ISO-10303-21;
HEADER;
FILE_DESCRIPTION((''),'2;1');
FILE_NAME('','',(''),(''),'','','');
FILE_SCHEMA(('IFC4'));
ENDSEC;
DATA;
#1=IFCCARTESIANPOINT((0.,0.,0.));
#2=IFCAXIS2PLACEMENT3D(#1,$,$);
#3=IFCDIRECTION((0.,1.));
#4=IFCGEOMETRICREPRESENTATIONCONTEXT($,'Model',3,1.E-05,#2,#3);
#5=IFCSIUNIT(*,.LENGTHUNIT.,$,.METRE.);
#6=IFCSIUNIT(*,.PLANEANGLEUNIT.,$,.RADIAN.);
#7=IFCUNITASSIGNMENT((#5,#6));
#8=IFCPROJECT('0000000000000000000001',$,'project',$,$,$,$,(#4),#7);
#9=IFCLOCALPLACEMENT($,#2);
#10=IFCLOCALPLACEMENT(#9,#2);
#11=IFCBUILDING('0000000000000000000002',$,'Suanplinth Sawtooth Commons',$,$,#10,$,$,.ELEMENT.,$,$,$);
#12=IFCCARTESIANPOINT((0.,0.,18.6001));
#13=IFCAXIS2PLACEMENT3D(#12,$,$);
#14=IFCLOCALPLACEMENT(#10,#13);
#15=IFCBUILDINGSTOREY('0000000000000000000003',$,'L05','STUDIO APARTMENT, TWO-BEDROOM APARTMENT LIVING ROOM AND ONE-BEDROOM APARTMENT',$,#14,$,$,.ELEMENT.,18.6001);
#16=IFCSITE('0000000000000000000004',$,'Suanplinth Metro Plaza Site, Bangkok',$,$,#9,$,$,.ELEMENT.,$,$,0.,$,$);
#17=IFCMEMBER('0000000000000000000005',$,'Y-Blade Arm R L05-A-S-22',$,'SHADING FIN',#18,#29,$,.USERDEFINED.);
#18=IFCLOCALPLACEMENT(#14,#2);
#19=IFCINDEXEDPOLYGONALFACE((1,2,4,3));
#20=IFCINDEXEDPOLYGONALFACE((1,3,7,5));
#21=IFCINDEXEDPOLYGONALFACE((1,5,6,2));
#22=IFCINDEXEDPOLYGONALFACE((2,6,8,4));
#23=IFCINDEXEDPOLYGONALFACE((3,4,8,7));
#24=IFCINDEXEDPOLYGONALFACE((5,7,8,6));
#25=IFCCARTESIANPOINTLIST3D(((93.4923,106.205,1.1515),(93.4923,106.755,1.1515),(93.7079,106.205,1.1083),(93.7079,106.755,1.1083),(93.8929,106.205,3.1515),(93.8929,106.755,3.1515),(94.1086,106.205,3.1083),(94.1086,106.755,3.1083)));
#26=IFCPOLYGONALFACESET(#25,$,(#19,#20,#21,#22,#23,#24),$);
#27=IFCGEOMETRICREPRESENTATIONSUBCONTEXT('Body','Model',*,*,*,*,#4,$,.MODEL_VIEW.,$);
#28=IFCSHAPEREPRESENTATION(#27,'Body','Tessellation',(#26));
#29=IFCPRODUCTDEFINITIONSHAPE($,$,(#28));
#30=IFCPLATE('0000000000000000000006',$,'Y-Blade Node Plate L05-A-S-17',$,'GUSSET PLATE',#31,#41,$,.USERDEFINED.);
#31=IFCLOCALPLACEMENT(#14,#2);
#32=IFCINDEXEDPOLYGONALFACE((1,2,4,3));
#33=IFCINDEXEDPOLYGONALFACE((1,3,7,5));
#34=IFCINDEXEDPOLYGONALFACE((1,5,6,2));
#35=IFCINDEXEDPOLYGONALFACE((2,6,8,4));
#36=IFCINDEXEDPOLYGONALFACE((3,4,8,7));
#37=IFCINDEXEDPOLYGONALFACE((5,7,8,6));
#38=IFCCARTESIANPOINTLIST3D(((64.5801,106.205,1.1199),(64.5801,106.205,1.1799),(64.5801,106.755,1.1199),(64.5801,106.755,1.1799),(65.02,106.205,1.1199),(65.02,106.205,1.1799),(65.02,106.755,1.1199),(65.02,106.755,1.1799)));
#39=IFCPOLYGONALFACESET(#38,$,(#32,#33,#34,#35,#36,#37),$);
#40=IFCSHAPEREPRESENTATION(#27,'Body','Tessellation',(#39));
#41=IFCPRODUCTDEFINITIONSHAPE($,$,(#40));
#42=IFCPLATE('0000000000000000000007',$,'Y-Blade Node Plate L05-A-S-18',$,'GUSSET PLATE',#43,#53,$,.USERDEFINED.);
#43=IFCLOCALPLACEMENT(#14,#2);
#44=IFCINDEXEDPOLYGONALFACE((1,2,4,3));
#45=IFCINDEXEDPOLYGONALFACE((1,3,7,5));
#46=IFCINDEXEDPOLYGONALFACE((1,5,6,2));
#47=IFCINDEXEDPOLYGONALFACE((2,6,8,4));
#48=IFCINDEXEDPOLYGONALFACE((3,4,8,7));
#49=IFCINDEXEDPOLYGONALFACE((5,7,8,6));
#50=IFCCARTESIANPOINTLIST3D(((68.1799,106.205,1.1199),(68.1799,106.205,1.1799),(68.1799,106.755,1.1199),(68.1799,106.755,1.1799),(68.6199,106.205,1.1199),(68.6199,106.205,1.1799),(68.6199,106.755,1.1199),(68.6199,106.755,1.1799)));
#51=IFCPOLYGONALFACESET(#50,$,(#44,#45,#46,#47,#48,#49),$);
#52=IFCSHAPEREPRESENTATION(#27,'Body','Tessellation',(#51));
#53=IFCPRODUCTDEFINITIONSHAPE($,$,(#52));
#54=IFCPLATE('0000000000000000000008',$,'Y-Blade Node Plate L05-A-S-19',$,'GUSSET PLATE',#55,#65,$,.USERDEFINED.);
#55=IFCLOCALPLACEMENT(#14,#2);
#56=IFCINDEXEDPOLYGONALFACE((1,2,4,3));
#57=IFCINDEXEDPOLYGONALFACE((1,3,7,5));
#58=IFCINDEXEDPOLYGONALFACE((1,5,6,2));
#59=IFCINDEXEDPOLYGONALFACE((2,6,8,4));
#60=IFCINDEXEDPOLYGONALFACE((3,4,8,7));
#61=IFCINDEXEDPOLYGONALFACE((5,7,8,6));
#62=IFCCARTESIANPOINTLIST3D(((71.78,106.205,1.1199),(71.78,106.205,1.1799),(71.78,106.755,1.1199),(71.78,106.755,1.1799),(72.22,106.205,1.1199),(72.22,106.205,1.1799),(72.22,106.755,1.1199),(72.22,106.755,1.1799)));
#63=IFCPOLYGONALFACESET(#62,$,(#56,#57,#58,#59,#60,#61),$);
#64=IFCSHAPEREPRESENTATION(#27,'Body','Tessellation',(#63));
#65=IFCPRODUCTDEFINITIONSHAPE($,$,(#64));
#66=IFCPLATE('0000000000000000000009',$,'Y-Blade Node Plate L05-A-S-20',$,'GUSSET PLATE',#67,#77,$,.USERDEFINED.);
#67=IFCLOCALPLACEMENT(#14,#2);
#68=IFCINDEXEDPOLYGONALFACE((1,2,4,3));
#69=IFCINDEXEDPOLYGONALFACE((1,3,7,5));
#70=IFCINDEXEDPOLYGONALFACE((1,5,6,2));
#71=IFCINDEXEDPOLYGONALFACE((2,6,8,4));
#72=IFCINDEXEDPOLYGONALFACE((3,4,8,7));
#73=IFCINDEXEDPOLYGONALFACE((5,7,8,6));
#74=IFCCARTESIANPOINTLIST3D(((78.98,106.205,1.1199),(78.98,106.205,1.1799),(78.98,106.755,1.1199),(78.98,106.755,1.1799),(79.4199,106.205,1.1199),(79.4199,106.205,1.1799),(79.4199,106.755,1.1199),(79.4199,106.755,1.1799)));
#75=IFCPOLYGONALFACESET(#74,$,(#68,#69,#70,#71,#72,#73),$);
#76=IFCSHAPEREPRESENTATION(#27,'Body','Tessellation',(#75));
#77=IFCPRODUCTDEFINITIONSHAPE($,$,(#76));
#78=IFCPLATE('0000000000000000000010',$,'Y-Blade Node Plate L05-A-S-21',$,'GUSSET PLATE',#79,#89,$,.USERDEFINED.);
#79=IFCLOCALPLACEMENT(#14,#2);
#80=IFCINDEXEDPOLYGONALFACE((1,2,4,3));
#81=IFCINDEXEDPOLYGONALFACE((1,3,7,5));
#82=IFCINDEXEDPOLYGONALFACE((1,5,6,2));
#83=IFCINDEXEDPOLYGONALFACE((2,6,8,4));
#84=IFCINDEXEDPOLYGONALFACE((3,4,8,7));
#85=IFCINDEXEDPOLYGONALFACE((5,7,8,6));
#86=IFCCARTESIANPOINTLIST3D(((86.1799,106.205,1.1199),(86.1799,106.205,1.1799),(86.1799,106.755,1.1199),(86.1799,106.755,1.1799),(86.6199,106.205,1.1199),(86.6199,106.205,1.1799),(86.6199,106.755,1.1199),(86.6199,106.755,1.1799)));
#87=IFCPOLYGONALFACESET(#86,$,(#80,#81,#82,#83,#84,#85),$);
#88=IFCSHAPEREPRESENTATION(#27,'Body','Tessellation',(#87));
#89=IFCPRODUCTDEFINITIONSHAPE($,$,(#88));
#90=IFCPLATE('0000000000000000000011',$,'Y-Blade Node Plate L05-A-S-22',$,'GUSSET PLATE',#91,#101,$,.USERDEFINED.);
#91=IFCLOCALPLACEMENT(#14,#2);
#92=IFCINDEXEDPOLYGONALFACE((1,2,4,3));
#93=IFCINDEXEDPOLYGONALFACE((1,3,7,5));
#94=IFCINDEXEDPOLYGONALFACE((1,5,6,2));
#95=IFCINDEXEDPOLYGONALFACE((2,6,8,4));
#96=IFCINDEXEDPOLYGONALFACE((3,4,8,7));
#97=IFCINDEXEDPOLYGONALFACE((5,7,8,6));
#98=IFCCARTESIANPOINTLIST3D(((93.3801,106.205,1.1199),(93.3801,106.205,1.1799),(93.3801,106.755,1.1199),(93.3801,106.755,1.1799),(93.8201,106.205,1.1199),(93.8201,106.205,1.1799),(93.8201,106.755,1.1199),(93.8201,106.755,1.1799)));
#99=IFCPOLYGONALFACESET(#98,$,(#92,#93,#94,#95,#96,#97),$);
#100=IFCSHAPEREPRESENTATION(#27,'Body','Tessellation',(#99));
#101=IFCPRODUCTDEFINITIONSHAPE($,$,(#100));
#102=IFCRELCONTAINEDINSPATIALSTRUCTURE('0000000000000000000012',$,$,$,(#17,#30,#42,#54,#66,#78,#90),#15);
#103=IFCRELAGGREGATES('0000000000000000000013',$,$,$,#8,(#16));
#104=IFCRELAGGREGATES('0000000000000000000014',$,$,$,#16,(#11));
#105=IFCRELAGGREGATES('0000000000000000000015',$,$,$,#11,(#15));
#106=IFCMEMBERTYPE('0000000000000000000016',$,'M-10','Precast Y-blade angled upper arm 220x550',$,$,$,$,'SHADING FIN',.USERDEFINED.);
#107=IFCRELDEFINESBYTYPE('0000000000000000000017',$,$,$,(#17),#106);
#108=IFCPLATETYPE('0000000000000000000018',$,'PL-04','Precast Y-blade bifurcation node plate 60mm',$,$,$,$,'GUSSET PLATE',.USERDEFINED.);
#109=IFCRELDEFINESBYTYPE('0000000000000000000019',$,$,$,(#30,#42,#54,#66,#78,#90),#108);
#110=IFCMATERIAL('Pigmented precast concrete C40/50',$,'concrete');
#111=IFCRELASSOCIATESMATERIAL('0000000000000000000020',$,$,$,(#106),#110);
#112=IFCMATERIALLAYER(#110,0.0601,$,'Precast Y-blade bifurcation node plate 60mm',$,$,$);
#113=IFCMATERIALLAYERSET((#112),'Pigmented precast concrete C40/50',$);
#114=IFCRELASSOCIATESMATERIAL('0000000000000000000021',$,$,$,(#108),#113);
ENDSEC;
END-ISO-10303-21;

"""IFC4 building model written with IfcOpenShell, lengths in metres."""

from ifc_helpers import new_model, si_unit, direction, frame, origin, origin_2d, place, context, subcontext, project, spatial, rectangle, extrude, material, layer, layer_set, material_profile, profile_set, type_object, element, save


model = new_model("IFC4")

# Units and contexts
model_context = context("Model", 3, precision=1e-05, world=origin(), true_north=direction((0.0, 1.0)))
body_context = subcontext(model_context, "Body", "Model", "MODEL_VIEW")
ifc_project = project(units=[si_unit("LENGTHUNIT", "METRE"), si_unit("PLANEANGLEUNIT", "RADIAN")], contexts=[model_context])

# Site, building, storey
site_placement = place(None, origin())
site = spatial("IfcSite", under=ifc_project, at=site_placement, Name="Suanplinth Metro Plaza Site, Bangkok", CompositionType="ELEMENT", RefElevation=0.0)
building_placement = place(site_placement, origin())
building = spatial("IfcBuilding", under=site, at=building_placement, Name="Suanplinth Sawtooth Commons", CompositionType="ELEMENT")
storey_placement = place(building_placement, frame((0.0, 0.0, 18.6001)))
storey = spatial("IfcBuildingStorey", under=building, at=storey_placement, Name="L05", Description="STUDIO APARTMENT, TWO-BEDROOM APARTMENT LIVING ROOM AND ONE-BEDROOM APARTMENT", CompositionType="ELEMENT", Elevation=18.6001)

# Member
ifc_material = material(Name="Pigmented precast concrete C40/50", Category="concrete")
ifc_material_profile_1 = material_profile(ifc_material, rectangle(XDim=0.22, YDim=0.55, at=origin_2d()), Name="PC-FIN 220x550")
ifc_profile_set_1 = profile_set([ifc_material_profile_1], Name="Pigmented precast concrete C40/50")
member_type_1 = type_object("IfcMemberType", Name="M-10", Description="Precast Y-blade angled upper arm 220x550", ElementType="SHADING FIN", PredefinedType="USERDEFINED", material=ifc_profile_set_1)
for number, where, z_axis, x_axis, name in (
    (1, (93.6001, 106.48, 1.1299), (0.196415, 0.0, 0.980521), (-0.980521, 0.0, 0.196415), "Y-Blade Arm R L05-A-S-22"),
):
    element("IfcMember", number, at=place(storey_placement, frame(where, z_axis=z_axis, x_axis=x_axis)), inside=storey, type_object=member_type_1, Name=name, ObjectType="SHADING FIN", PredefinedType="USERDEFINED", context=body_context, shape_type="SweptSolid", body=[
        extrude(rectangle(XDim=0.22, YDim=0.55, at=origin_2d()), origin(), (0.0, 0.0, 1.0), 2.0398),
    ])

# Plates
ifc_layer = layer(ifc_material, 0.0601, Name="Precast Y-blade bifurcation node plate 60mm")
ifc_layer_set = layer_set([ifc_layer], Name="Pigmented precast concrete C40/50")
plate_type = type_object("IfcPlateType", Name="PL-04", Description="Precast Y-blade bifurcation node plate 60mm", ElementType="GUSSET PLATE", PredefinedType="USERDEFINED", material=ifc_layer_set)
for number, where, z_axis, x_axis, name in (
    (2, (64.8, 106.48, 1.1199), (0.0, 0.0, 1.0), (1.0, 0.0, 0.0), "Y-Blade Node Plate L05-A-S-17"),
    (3, (68.3999, 106.48, 1.1199), (0.0, 0.0, 1.0), (1.0, 0.0, 0.0), "Y-Blade Node Plate L05-A-S-18"),
    (4, (72.0, 106.48, 1.1199), (0.0, 0.0, 1.0), (1.0, 0.0, 0.0), "Y-Blade Node Plate L05-A-S-19"),
    (5, (79.2, 106.48, 1.1199), (0.0, 0.0, 1.0), (1.0, 0.0, 0.0), "Y-Blade Node Plate L05-A-S-20"),
    (6, (86.3999, 106.48, 1.1199), (0.0, 0.0, 1.0), (1.0, 0.0, 0.0), "Y-Blade Node Plate L05-A-S-21"),
    (7, (93.6001, 106.48, 1.1199), (0.0, 0.0, 1.0), (1.0, 0.0, 0.0), "Y-Blade Node Plate L05-A-S-22"),
):
    element("IfcPlate", number, at=place(storey_placement, frame(where, z_axis=z_axis, x_axis=x_axis)), inside=storey, type_object=plate_type, Name=name, ObjectType="GUSSET PLATE", PredefinedType="USERDEFINED", context=body_context, shape_type="SweptSolid", body=[
        extrude(rectangle(XDim=0.4399, YDim=0.55, at=origin_2d()), origin(), (0.0, 0.0, 1.0), 0.0601),
    ])

save(model, "model.ifc")
